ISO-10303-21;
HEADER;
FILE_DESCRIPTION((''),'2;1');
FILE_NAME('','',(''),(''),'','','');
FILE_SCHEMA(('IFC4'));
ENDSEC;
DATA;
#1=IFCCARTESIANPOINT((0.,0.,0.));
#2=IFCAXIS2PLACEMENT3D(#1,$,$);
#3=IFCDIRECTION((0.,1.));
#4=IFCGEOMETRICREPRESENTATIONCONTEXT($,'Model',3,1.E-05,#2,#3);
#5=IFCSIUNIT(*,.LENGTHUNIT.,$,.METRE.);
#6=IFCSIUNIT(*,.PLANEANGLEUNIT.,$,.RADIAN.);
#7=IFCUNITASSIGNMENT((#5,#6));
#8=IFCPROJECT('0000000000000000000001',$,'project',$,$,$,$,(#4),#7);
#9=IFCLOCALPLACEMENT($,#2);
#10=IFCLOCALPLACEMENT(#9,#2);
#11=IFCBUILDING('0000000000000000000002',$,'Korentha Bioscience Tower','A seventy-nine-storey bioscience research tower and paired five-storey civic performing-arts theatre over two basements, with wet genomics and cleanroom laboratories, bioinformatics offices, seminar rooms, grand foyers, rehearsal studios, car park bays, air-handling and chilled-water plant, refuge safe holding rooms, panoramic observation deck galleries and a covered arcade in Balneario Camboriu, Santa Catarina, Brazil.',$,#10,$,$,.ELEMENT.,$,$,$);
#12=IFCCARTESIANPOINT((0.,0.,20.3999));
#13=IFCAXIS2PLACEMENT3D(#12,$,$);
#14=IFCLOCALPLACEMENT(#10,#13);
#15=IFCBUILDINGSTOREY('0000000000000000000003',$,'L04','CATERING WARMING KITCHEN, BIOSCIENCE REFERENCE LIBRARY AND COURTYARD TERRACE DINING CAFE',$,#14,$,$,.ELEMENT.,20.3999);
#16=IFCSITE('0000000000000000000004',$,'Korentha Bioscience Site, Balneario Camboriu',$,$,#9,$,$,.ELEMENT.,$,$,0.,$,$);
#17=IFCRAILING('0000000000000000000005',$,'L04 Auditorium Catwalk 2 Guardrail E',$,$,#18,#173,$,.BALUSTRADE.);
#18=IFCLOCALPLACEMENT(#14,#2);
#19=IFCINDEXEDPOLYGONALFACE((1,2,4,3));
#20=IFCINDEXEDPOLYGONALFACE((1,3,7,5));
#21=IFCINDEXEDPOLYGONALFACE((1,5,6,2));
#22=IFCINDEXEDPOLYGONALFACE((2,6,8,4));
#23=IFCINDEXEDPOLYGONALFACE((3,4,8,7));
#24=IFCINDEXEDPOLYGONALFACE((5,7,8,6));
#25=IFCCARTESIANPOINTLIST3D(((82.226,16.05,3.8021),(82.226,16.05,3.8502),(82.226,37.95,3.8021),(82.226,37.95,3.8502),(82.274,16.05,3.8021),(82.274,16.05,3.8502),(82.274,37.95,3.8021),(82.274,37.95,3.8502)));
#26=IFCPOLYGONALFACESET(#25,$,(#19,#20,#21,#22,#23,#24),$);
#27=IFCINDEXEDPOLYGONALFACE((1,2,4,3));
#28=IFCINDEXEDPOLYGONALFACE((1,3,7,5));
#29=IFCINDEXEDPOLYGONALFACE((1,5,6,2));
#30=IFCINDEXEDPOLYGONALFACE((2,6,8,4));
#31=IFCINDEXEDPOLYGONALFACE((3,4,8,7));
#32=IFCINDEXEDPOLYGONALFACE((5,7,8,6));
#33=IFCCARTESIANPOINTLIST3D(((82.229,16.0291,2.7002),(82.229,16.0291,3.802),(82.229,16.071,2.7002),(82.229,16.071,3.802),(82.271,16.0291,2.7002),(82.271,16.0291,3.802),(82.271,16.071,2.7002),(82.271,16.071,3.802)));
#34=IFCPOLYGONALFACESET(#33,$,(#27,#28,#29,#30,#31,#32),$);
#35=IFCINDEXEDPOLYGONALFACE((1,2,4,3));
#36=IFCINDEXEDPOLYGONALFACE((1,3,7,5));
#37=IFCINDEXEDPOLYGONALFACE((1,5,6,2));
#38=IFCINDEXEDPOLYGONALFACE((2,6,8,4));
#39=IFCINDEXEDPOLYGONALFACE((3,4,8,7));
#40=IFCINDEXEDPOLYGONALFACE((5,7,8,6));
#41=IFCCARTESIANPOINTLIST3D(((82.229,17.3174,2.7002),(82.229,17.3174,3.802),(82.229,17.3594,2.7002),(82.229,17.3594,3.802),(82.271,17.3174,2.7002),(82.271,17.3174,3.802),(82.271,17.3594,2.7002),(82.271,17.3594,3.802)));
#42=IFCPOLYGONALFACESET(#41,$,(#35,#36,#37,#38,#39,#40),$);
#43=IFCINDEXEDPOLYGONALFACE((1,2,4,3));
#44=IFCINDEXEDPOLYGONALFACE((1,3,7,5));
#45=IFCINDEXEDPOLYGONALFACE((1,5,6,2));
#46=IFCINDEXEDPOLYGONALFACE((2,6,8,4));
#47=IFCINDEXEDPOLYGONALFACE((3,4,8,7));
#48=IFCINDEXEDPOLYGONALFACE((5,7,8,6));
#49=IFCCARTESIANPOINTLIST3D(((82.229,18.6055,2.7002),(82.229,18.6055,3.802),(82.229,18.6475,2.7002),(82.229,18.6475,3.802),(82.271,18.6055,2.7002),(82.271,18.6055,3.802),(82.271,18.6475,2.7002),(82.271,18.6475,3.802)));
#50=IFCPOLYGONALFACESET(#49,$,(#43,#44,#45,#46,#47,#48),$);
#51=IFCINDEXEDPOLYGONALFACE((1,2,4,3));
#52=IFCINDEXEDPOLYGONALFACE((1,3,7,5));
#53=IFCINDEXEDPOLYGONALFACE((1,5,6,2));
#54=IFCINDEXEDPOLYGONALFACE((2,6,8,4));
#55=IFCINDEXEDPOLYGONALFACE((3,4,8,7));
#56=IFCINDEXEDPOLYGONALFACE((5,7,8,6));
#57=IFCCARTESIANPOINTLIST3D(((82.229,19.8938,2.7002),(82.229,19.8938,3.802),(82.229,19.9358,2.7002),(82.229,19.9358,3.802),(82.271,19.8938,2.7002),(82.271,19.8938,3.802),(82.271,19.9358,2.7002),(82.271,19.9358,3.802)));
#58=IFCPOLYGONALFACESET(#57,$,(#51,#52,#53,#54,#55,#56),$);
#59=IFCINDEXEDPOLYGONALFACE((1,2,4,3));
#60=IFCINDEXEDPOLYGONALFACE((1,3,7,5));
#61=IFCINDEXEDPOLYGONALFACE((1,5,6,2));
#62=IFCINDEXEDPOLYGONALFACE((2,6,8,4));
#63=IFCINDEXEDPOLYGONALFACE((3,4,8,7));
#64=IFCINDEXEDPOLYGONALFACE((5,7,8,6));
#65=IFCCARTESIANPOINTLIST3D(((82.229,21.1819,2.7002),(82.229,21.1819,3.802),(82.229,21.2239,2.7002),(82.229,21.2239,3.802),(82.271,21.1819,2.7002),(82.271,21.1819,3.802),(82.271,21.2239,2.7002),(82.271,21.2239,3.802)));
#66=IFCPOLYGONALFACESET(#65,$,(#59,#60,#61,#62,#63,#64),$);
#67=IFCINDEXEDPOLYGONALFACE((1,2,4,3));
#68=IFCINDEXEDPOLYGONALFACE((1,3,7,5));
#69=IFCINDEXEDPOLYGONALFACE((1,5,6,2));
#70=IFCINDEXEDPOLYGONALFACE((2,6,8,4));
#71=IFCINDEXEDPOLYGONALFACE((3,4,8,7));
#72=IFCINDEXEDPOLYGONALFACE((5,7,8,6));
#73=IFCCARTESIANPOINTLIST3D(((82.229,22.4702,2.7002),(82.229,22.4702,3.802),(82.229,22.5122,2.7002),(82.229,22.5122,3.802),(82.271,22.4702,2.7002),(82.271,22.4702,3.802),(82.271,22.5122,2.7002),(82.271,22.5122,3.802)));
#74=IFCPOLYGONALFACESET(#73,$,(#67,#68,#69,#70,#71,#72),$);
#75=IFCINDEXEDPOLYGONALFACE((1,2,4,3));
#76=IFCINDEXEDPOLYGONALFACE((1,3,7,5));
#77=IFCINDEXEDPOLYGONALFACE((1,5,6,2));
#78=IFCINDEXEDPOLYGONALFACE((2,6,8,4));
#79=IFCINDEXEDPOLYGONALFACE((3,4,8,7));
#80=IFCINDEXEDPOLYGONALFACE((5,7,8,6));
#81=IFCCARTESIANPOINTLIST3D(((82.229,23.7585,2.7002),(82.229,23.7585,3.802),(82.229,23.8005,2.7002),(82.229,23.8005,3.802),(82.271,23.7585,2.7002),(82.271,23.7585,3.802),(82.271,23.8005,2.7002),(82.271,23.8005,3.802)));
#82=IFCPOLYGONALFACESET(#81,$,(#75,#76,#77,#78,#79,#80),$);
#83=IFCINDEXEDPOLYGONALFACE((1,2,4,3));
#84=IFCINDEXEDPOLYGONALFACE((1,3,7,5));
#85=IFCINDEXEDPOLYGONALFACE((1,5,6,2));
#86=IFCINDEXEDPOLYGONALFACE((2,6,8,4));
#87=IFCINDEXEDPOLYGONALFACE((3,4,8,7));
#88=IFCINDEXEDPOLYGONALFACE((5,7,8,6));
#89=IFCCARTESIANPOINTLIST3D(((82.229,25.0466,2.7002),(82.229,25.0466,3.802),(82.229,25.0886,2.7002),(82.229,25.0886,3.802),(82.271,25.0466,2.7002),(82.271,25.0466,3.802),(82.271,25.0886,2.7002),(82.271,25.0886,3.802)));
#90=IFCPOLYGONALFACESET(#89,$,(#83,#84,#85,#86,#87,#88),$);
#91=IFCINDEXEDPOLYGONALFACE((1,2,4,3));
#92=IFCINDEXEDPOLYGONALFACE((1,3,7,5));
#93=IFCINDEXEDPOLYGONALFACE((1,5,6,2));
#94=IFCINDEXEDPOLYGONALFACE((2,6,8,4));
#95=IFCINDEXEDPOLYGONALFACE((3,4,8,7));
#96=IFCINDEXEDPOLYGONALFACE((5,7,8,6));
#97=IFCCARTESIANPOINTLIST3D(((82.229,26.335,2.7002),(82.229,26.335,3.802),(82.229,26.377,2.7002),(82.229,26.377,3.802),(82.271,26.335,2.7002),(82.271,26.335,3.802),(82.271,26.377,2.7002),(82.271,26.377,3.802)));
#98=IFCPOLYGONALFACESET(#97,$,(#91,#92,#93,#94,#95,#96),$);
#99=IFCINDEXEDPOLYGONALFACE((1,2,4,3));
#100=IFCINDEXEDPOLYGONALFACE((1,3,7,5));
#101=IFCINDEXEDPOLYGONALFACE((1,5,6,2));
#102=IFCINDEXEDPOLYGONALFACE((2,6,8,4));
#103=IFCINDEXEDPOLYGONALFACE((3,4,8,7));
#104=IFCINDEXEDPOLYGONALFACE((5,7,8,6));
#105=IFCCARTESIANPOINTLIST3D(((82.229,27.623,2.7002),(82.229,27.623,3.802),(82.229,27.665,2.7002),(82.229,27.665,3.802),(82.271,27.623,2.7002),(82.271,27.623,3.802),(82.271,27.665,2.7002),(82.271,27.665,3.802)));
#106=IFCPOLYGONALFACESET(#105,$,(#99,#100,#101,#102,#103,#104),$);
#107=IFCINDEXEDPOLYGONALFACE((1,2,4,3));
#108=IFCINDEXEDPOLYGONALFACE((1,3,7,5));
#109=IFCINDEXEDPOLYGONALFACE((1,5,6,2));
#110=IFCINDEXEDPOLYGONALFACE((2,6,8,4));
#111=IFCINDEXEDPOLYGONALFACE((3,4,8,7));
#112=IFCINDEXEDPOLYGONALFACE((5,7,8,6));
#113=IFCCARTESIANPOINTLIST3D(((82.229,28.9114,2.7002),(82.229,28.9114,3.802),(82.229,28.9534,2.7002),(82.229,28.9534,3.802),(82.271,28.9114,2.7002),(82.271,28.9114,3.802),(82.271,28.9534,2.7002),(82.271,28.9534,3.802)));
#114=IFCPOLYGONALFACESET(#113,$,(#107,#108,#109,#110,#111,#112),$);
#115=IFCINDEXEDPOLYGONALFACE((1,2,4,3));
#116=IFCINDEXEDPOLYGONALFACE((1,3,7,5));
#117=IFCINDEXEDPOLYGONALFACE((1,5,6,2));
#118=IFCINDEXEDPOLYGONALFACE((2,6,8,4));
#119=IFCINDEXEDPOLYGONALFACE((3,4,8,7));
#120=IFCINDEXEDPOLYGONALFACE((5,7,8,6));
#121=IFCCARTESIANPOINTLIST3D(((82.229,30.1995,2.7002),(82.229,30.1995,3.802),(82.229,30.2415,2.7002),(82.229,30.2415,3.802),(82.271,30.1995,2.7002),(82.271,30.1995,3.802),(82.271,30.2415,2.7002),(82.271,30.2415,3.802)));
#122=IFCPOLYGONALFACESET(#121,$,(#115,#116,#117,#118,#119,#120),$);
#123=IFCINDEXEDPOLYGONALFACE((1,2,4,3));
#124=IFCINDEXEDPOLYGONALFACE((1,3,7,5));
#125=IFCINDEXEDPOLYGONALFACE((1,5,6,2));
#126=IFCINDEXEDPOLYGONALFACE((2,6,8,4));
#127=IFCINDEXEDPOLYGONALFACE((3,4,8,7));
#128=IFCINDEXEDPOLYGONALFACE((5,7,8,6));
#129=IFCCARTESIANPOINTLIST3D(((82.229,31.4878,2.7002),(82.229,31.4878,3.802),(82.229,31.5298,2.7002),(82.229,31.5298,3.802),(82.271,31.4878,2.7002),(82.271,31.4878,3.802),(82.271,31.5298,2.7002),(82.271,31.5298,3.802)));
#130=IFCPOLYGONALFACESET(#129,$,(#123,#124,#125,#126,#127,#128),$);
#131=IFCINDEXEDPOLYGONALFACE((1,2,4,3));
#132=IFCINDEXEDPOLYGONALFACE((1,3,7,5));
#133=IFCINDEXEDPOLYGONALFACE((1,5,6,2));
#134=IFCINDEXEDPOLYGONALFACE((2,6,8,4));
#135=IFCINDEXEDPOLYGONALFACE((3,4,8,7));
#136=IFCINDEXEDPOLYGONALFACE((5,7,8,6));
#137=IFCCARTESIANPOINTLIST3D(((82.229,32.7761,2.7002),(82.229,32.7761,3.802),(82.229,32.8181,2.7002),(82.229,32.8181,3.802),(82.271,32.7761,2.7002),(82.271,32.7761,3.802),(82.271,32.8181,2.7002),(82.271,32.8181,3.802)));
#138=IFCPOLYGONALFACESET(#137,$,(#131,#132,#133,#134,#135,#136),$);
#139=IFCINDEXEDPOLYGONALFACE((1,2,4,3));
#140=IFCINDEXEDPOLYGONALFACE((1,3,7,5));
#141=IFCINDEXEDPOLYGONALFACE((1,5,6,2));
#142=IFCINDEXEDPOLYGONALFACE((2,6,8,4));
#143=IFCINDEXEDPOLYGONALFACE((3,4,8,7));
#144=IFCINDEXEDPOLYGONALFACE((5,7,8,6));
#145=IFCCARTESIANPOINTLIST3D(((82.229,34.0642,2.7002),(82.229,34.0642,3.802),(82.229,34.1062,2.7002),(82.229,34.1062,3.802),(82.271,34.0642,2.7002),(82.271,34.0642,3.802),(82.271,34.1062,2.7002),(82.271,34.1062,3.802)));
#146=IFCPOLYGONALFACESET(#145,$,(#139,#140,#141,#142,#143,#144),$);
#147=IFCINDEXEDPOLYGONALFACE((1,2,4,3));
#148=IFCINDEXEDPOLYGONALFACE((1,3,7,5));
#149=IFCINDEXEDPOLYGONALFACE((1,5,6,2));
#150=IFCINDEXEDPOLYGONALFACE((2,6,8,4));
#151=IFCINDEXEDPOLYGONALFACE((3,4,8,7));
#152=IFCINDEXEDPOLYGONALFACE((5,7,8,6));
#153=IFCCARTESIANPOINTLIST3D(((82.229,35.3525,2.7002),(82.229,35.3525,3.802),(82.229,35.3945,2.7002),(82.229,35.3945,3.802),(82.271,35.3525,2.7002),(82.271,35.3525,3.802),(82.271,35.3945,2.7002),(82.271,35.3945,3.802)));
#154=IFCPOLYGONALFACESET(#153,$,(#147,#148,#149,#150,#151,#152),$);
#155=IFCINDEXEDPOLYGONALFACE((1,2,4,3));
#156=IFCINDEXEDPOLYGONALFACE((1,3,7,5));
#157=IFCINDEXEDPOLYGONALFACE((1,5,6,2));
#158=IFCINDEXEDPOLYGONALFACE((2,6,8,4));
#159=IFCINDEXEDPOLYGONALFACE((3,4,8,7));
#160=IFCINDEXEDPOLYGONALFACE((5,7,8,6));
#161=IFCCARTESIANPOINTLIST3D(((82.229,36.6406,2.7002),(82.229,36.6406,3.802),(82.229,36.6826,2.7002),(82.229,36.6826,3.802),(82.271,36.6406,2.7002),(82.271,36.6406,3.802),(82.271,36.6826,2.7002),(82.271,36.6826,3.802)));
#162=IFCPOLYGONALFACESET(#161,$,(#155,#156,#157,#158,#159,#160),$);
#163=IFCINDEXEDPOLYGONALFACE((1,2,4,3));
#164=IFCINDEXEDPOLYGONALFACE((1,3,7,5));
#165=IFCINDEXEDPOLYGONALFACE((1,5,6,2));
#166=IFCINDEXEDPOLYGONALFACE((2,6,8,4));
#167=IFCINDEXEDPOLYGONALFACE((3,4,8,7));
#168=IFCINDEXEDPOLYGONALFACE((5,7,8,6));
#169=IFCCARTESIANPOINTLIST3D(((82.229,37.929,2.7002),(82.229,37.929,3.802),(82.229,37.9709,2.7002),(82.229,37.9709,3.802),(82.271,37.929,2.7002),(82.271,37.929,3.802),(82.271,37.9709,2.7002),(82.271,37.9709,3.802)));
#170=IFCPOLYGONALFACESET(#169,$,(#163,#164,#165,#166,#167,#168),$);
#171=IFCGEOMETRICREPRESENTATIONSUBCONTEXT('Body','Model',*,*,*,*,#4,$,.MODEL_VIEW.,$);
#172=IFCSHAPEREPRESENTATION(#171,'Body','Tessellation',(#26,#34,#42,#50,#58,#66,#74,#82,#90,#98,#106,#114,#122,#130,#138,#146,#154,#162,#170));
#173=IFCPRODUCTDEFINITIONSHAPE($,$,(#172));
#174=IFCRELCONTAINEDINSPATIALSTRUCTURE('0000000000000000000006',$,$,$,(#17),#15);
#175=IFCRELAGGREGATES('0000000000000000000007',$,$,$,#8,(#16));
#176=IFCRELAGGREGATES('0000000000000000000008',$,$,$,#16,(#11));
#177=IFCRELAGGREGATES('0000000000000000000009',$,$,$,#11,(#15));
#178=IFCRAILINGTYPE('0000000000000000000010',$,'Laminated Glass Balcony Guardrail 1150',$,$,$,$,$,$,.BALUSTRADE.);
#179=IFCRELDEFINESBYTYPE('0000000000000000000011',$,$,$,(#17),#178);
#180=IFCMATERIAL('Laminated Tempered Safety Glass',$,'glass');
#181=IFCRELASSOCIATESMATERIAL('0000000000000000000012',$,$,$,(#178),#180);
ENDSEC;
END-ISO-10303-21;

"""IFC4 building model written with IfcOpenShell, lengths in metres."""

from ifc_helpers import new_model, si_unit, direction, frame, origin, origin_2d, place, context, subcontext, project, spatial, rectangle, extrude, material, type_object, element, save


model = new_model("IFC4")

# Units and contexts
model_context = context("Model", 3, precision=1e-05, world=origin(), true_north=direction((0.0, 1.0)))
body_context = subcontext(model_context, "Body", "Model", "MODEL_VIEW")
ifc_project = project(units=[si_unit("LENGTHUNIT", "METRE"), si_unit("PLANEANGLEUNIT", "RADIAN")], contexts=[model_context])

# Site, building, storey
site_placement = place(None, origin())
site = spatial("IfcSite", under=ifc_project, at=site_placement, Name="Korentha Bioscience Site, Balneario Camboriu", CompositionType="ELEMENT", RefElevation=0.0)
building_placement = place(site_placement, origin())
building = spatial("IfcBuilding", under=site, at=building_placement, Name="Korentha Bioscience Tower", Description="A seventy-nine-storey bioscience research tower and paired five-storey civic performing-arts theatre over two basements, with wet genomics and cleanroom laboratories, bioinformatics offices, seminar rooms, grand foyers, rehearsal studios, car park bays, air-handling and chilled-water plant, refuge safe holding rooms, panoramic observation deck galleries and a covered arcade in Balneario Camboriu, Santa Catarina, Brazil.", CompositionType="ELEMENT")
storey_placement = place(building_placement, frame((0.0, 0.0, 20.3999)))
storey = spatial("IfcBuildingStorey", under=building, at=storey_placement, Name="L04", Description="CATERING WARMING KITCHEN, BIOSCIENCE REFERENCE LIBRARY AND COURTYARD TERRACE DINING CAFE", CompositionType="ELEMENT", Elevation=20.3999)

# Railing
ifc_material_1 = material(Name="Laminated Tempered Safety Glass", Category="glass")
railing_type = type_object("IfcRailingType", Name="Laminated Glass Balcony Guardrail 1150", PredefinedType="BALUSTRADE", material=ifc_material_1)
railing_1_placement = place(storey_placement, frame((82.25, 16.05, 2.7002)))
element("IfcRailing", 1, at=railing_1_placement, inside=storey, type_object=railing_type, Name="L04 Auditorium Catwalk 2 Guardrail E", PredefinedType="BALUSTRADE", context=body_context, shape_type="SweptSolid", body=[
    extrude(rectangle(XDim=0.0481, YDim=0.0481, at=origin_2d()), frame((0.0, 0.0, 1.126), z_axis=(0.0, 1.0, 0.0), x_axis=(-1.0, 0.0, 0.0)), (0.0, 0.0, 1.0), 21.8999),
    extrude(rectangle(XDim=0.042, YDim=0.042, at=origin_2d()), origin(), (0.0, 0.0, 1.0), 1.1018),
    extrude(rectangle(XDim=0.042, YDim=0.042, at=origin_2d()), frame((0.0, 1.2883, 0.0)), (0.0, 0.0, 1.0), 1.1018),
    extrude(rectangle(XDim=0.042, YDim=0.042, at=origin_2d()), frame((0.0, 2.5764, 0.0)), (0.0, 0.0, 1.0), 1.1018),
    extrude(rectangle(XDim=0.042, YDim=0.042, at=origin_2d()), frame((0.0, 3.8647, 0.0)), (0.0, 0.0, 1.0), 1.1018),
    extrude(rectangle(XDim=0.042, YDim=0.042, at=origin_2d()), frame((0.0, 5.1528, 0.0)), (0.0, 0.0, 1.0), 1.1018),
    extrude(rectangle(XDim=0.042, YDim=0.042, at=origin_2d()), frame((0.0, 6.4412, 0.0)), (0.0, 0.0, 1.0), 1.1018),
    extrude(rectangle(XDim=0.042, YDim=0.042, at=origin_2d()), frame((0.0, 7.7295, 0.0)), (0.0, 0.0, 1.0), 1.1018),
    extrude(rectangle(XDim=0.042, YDim=0.042, at=origin_2d()), frame((0.0, 9.0176, 0.0)), (0.0, 0.0, 1.0), 1.1018),
    extrude(rectangle(XDim=0.042, YDim=0.042, at=origin_2d()), frame((0.0, 10.3059, 0.0)), (0.0, 0.0, 1.0), 1.1018),
    extrude(rectangle(XDim=0.042, YDim=0.042, at=origin_2d()), frame((0.0, 11.594, 0.0)), (0.0, 0.0, 1.0), 1.1018),
    extrude(rectangle(XDim=0.042, YDim=0.042, at=origin_2d()), frame((0.0, 12.8823, 0.0)), (0.0, 0.0, 1.0), 1.1018),
    extrude(rectangle(XDim=0.042, YDim=0.042, at=origin_2d()), frame((0.0, 14.1704, 0.0)), (0.0, 0.0, 1.0), 1.1018),
    extrude(rectangle(XDim=0.042, YDim=0.042, at=origin_2d()), frame((0.0, 15.4587, 0.0)), (0.0, 0.0, 1.0), 1.1018),
    extrude(rectangle(XDim=0.042, YDim=0.042, at=origin_2d()), frame((0.0, 16.7471, 0.0)), (0.0, 0.0, 1.0), 1.1018),
    extrude(rectangle(XDim=0.042, YDim=0.042, at=origin_2d()), frame((0.0, 18.0352, 0.0)), (0.0, 0.0, 1.0), 1.1018),
    extrude(rectangle(XDim=0.042, YDim=0.042, at=origin_2d()), frame((0.0, 19.3235, 0.0)), (0.0, 0.0, 1.0), 1.1018),
    extrude(rectangle(XDim=0.042, YDim=0.042, at=origin_2d()), frame((0.0, 20.6116, 0.0)), (0.0, 0.0, 1.0), 1.1018),
    extrude(rectangle(XDim=0.042, YDim=0.042, at=origin_2d()), frame((0.0, 21.8999, 0.0)), (0.0, 0.0, 1.0), 1.1018),
])

save(model, "model.ifc")
